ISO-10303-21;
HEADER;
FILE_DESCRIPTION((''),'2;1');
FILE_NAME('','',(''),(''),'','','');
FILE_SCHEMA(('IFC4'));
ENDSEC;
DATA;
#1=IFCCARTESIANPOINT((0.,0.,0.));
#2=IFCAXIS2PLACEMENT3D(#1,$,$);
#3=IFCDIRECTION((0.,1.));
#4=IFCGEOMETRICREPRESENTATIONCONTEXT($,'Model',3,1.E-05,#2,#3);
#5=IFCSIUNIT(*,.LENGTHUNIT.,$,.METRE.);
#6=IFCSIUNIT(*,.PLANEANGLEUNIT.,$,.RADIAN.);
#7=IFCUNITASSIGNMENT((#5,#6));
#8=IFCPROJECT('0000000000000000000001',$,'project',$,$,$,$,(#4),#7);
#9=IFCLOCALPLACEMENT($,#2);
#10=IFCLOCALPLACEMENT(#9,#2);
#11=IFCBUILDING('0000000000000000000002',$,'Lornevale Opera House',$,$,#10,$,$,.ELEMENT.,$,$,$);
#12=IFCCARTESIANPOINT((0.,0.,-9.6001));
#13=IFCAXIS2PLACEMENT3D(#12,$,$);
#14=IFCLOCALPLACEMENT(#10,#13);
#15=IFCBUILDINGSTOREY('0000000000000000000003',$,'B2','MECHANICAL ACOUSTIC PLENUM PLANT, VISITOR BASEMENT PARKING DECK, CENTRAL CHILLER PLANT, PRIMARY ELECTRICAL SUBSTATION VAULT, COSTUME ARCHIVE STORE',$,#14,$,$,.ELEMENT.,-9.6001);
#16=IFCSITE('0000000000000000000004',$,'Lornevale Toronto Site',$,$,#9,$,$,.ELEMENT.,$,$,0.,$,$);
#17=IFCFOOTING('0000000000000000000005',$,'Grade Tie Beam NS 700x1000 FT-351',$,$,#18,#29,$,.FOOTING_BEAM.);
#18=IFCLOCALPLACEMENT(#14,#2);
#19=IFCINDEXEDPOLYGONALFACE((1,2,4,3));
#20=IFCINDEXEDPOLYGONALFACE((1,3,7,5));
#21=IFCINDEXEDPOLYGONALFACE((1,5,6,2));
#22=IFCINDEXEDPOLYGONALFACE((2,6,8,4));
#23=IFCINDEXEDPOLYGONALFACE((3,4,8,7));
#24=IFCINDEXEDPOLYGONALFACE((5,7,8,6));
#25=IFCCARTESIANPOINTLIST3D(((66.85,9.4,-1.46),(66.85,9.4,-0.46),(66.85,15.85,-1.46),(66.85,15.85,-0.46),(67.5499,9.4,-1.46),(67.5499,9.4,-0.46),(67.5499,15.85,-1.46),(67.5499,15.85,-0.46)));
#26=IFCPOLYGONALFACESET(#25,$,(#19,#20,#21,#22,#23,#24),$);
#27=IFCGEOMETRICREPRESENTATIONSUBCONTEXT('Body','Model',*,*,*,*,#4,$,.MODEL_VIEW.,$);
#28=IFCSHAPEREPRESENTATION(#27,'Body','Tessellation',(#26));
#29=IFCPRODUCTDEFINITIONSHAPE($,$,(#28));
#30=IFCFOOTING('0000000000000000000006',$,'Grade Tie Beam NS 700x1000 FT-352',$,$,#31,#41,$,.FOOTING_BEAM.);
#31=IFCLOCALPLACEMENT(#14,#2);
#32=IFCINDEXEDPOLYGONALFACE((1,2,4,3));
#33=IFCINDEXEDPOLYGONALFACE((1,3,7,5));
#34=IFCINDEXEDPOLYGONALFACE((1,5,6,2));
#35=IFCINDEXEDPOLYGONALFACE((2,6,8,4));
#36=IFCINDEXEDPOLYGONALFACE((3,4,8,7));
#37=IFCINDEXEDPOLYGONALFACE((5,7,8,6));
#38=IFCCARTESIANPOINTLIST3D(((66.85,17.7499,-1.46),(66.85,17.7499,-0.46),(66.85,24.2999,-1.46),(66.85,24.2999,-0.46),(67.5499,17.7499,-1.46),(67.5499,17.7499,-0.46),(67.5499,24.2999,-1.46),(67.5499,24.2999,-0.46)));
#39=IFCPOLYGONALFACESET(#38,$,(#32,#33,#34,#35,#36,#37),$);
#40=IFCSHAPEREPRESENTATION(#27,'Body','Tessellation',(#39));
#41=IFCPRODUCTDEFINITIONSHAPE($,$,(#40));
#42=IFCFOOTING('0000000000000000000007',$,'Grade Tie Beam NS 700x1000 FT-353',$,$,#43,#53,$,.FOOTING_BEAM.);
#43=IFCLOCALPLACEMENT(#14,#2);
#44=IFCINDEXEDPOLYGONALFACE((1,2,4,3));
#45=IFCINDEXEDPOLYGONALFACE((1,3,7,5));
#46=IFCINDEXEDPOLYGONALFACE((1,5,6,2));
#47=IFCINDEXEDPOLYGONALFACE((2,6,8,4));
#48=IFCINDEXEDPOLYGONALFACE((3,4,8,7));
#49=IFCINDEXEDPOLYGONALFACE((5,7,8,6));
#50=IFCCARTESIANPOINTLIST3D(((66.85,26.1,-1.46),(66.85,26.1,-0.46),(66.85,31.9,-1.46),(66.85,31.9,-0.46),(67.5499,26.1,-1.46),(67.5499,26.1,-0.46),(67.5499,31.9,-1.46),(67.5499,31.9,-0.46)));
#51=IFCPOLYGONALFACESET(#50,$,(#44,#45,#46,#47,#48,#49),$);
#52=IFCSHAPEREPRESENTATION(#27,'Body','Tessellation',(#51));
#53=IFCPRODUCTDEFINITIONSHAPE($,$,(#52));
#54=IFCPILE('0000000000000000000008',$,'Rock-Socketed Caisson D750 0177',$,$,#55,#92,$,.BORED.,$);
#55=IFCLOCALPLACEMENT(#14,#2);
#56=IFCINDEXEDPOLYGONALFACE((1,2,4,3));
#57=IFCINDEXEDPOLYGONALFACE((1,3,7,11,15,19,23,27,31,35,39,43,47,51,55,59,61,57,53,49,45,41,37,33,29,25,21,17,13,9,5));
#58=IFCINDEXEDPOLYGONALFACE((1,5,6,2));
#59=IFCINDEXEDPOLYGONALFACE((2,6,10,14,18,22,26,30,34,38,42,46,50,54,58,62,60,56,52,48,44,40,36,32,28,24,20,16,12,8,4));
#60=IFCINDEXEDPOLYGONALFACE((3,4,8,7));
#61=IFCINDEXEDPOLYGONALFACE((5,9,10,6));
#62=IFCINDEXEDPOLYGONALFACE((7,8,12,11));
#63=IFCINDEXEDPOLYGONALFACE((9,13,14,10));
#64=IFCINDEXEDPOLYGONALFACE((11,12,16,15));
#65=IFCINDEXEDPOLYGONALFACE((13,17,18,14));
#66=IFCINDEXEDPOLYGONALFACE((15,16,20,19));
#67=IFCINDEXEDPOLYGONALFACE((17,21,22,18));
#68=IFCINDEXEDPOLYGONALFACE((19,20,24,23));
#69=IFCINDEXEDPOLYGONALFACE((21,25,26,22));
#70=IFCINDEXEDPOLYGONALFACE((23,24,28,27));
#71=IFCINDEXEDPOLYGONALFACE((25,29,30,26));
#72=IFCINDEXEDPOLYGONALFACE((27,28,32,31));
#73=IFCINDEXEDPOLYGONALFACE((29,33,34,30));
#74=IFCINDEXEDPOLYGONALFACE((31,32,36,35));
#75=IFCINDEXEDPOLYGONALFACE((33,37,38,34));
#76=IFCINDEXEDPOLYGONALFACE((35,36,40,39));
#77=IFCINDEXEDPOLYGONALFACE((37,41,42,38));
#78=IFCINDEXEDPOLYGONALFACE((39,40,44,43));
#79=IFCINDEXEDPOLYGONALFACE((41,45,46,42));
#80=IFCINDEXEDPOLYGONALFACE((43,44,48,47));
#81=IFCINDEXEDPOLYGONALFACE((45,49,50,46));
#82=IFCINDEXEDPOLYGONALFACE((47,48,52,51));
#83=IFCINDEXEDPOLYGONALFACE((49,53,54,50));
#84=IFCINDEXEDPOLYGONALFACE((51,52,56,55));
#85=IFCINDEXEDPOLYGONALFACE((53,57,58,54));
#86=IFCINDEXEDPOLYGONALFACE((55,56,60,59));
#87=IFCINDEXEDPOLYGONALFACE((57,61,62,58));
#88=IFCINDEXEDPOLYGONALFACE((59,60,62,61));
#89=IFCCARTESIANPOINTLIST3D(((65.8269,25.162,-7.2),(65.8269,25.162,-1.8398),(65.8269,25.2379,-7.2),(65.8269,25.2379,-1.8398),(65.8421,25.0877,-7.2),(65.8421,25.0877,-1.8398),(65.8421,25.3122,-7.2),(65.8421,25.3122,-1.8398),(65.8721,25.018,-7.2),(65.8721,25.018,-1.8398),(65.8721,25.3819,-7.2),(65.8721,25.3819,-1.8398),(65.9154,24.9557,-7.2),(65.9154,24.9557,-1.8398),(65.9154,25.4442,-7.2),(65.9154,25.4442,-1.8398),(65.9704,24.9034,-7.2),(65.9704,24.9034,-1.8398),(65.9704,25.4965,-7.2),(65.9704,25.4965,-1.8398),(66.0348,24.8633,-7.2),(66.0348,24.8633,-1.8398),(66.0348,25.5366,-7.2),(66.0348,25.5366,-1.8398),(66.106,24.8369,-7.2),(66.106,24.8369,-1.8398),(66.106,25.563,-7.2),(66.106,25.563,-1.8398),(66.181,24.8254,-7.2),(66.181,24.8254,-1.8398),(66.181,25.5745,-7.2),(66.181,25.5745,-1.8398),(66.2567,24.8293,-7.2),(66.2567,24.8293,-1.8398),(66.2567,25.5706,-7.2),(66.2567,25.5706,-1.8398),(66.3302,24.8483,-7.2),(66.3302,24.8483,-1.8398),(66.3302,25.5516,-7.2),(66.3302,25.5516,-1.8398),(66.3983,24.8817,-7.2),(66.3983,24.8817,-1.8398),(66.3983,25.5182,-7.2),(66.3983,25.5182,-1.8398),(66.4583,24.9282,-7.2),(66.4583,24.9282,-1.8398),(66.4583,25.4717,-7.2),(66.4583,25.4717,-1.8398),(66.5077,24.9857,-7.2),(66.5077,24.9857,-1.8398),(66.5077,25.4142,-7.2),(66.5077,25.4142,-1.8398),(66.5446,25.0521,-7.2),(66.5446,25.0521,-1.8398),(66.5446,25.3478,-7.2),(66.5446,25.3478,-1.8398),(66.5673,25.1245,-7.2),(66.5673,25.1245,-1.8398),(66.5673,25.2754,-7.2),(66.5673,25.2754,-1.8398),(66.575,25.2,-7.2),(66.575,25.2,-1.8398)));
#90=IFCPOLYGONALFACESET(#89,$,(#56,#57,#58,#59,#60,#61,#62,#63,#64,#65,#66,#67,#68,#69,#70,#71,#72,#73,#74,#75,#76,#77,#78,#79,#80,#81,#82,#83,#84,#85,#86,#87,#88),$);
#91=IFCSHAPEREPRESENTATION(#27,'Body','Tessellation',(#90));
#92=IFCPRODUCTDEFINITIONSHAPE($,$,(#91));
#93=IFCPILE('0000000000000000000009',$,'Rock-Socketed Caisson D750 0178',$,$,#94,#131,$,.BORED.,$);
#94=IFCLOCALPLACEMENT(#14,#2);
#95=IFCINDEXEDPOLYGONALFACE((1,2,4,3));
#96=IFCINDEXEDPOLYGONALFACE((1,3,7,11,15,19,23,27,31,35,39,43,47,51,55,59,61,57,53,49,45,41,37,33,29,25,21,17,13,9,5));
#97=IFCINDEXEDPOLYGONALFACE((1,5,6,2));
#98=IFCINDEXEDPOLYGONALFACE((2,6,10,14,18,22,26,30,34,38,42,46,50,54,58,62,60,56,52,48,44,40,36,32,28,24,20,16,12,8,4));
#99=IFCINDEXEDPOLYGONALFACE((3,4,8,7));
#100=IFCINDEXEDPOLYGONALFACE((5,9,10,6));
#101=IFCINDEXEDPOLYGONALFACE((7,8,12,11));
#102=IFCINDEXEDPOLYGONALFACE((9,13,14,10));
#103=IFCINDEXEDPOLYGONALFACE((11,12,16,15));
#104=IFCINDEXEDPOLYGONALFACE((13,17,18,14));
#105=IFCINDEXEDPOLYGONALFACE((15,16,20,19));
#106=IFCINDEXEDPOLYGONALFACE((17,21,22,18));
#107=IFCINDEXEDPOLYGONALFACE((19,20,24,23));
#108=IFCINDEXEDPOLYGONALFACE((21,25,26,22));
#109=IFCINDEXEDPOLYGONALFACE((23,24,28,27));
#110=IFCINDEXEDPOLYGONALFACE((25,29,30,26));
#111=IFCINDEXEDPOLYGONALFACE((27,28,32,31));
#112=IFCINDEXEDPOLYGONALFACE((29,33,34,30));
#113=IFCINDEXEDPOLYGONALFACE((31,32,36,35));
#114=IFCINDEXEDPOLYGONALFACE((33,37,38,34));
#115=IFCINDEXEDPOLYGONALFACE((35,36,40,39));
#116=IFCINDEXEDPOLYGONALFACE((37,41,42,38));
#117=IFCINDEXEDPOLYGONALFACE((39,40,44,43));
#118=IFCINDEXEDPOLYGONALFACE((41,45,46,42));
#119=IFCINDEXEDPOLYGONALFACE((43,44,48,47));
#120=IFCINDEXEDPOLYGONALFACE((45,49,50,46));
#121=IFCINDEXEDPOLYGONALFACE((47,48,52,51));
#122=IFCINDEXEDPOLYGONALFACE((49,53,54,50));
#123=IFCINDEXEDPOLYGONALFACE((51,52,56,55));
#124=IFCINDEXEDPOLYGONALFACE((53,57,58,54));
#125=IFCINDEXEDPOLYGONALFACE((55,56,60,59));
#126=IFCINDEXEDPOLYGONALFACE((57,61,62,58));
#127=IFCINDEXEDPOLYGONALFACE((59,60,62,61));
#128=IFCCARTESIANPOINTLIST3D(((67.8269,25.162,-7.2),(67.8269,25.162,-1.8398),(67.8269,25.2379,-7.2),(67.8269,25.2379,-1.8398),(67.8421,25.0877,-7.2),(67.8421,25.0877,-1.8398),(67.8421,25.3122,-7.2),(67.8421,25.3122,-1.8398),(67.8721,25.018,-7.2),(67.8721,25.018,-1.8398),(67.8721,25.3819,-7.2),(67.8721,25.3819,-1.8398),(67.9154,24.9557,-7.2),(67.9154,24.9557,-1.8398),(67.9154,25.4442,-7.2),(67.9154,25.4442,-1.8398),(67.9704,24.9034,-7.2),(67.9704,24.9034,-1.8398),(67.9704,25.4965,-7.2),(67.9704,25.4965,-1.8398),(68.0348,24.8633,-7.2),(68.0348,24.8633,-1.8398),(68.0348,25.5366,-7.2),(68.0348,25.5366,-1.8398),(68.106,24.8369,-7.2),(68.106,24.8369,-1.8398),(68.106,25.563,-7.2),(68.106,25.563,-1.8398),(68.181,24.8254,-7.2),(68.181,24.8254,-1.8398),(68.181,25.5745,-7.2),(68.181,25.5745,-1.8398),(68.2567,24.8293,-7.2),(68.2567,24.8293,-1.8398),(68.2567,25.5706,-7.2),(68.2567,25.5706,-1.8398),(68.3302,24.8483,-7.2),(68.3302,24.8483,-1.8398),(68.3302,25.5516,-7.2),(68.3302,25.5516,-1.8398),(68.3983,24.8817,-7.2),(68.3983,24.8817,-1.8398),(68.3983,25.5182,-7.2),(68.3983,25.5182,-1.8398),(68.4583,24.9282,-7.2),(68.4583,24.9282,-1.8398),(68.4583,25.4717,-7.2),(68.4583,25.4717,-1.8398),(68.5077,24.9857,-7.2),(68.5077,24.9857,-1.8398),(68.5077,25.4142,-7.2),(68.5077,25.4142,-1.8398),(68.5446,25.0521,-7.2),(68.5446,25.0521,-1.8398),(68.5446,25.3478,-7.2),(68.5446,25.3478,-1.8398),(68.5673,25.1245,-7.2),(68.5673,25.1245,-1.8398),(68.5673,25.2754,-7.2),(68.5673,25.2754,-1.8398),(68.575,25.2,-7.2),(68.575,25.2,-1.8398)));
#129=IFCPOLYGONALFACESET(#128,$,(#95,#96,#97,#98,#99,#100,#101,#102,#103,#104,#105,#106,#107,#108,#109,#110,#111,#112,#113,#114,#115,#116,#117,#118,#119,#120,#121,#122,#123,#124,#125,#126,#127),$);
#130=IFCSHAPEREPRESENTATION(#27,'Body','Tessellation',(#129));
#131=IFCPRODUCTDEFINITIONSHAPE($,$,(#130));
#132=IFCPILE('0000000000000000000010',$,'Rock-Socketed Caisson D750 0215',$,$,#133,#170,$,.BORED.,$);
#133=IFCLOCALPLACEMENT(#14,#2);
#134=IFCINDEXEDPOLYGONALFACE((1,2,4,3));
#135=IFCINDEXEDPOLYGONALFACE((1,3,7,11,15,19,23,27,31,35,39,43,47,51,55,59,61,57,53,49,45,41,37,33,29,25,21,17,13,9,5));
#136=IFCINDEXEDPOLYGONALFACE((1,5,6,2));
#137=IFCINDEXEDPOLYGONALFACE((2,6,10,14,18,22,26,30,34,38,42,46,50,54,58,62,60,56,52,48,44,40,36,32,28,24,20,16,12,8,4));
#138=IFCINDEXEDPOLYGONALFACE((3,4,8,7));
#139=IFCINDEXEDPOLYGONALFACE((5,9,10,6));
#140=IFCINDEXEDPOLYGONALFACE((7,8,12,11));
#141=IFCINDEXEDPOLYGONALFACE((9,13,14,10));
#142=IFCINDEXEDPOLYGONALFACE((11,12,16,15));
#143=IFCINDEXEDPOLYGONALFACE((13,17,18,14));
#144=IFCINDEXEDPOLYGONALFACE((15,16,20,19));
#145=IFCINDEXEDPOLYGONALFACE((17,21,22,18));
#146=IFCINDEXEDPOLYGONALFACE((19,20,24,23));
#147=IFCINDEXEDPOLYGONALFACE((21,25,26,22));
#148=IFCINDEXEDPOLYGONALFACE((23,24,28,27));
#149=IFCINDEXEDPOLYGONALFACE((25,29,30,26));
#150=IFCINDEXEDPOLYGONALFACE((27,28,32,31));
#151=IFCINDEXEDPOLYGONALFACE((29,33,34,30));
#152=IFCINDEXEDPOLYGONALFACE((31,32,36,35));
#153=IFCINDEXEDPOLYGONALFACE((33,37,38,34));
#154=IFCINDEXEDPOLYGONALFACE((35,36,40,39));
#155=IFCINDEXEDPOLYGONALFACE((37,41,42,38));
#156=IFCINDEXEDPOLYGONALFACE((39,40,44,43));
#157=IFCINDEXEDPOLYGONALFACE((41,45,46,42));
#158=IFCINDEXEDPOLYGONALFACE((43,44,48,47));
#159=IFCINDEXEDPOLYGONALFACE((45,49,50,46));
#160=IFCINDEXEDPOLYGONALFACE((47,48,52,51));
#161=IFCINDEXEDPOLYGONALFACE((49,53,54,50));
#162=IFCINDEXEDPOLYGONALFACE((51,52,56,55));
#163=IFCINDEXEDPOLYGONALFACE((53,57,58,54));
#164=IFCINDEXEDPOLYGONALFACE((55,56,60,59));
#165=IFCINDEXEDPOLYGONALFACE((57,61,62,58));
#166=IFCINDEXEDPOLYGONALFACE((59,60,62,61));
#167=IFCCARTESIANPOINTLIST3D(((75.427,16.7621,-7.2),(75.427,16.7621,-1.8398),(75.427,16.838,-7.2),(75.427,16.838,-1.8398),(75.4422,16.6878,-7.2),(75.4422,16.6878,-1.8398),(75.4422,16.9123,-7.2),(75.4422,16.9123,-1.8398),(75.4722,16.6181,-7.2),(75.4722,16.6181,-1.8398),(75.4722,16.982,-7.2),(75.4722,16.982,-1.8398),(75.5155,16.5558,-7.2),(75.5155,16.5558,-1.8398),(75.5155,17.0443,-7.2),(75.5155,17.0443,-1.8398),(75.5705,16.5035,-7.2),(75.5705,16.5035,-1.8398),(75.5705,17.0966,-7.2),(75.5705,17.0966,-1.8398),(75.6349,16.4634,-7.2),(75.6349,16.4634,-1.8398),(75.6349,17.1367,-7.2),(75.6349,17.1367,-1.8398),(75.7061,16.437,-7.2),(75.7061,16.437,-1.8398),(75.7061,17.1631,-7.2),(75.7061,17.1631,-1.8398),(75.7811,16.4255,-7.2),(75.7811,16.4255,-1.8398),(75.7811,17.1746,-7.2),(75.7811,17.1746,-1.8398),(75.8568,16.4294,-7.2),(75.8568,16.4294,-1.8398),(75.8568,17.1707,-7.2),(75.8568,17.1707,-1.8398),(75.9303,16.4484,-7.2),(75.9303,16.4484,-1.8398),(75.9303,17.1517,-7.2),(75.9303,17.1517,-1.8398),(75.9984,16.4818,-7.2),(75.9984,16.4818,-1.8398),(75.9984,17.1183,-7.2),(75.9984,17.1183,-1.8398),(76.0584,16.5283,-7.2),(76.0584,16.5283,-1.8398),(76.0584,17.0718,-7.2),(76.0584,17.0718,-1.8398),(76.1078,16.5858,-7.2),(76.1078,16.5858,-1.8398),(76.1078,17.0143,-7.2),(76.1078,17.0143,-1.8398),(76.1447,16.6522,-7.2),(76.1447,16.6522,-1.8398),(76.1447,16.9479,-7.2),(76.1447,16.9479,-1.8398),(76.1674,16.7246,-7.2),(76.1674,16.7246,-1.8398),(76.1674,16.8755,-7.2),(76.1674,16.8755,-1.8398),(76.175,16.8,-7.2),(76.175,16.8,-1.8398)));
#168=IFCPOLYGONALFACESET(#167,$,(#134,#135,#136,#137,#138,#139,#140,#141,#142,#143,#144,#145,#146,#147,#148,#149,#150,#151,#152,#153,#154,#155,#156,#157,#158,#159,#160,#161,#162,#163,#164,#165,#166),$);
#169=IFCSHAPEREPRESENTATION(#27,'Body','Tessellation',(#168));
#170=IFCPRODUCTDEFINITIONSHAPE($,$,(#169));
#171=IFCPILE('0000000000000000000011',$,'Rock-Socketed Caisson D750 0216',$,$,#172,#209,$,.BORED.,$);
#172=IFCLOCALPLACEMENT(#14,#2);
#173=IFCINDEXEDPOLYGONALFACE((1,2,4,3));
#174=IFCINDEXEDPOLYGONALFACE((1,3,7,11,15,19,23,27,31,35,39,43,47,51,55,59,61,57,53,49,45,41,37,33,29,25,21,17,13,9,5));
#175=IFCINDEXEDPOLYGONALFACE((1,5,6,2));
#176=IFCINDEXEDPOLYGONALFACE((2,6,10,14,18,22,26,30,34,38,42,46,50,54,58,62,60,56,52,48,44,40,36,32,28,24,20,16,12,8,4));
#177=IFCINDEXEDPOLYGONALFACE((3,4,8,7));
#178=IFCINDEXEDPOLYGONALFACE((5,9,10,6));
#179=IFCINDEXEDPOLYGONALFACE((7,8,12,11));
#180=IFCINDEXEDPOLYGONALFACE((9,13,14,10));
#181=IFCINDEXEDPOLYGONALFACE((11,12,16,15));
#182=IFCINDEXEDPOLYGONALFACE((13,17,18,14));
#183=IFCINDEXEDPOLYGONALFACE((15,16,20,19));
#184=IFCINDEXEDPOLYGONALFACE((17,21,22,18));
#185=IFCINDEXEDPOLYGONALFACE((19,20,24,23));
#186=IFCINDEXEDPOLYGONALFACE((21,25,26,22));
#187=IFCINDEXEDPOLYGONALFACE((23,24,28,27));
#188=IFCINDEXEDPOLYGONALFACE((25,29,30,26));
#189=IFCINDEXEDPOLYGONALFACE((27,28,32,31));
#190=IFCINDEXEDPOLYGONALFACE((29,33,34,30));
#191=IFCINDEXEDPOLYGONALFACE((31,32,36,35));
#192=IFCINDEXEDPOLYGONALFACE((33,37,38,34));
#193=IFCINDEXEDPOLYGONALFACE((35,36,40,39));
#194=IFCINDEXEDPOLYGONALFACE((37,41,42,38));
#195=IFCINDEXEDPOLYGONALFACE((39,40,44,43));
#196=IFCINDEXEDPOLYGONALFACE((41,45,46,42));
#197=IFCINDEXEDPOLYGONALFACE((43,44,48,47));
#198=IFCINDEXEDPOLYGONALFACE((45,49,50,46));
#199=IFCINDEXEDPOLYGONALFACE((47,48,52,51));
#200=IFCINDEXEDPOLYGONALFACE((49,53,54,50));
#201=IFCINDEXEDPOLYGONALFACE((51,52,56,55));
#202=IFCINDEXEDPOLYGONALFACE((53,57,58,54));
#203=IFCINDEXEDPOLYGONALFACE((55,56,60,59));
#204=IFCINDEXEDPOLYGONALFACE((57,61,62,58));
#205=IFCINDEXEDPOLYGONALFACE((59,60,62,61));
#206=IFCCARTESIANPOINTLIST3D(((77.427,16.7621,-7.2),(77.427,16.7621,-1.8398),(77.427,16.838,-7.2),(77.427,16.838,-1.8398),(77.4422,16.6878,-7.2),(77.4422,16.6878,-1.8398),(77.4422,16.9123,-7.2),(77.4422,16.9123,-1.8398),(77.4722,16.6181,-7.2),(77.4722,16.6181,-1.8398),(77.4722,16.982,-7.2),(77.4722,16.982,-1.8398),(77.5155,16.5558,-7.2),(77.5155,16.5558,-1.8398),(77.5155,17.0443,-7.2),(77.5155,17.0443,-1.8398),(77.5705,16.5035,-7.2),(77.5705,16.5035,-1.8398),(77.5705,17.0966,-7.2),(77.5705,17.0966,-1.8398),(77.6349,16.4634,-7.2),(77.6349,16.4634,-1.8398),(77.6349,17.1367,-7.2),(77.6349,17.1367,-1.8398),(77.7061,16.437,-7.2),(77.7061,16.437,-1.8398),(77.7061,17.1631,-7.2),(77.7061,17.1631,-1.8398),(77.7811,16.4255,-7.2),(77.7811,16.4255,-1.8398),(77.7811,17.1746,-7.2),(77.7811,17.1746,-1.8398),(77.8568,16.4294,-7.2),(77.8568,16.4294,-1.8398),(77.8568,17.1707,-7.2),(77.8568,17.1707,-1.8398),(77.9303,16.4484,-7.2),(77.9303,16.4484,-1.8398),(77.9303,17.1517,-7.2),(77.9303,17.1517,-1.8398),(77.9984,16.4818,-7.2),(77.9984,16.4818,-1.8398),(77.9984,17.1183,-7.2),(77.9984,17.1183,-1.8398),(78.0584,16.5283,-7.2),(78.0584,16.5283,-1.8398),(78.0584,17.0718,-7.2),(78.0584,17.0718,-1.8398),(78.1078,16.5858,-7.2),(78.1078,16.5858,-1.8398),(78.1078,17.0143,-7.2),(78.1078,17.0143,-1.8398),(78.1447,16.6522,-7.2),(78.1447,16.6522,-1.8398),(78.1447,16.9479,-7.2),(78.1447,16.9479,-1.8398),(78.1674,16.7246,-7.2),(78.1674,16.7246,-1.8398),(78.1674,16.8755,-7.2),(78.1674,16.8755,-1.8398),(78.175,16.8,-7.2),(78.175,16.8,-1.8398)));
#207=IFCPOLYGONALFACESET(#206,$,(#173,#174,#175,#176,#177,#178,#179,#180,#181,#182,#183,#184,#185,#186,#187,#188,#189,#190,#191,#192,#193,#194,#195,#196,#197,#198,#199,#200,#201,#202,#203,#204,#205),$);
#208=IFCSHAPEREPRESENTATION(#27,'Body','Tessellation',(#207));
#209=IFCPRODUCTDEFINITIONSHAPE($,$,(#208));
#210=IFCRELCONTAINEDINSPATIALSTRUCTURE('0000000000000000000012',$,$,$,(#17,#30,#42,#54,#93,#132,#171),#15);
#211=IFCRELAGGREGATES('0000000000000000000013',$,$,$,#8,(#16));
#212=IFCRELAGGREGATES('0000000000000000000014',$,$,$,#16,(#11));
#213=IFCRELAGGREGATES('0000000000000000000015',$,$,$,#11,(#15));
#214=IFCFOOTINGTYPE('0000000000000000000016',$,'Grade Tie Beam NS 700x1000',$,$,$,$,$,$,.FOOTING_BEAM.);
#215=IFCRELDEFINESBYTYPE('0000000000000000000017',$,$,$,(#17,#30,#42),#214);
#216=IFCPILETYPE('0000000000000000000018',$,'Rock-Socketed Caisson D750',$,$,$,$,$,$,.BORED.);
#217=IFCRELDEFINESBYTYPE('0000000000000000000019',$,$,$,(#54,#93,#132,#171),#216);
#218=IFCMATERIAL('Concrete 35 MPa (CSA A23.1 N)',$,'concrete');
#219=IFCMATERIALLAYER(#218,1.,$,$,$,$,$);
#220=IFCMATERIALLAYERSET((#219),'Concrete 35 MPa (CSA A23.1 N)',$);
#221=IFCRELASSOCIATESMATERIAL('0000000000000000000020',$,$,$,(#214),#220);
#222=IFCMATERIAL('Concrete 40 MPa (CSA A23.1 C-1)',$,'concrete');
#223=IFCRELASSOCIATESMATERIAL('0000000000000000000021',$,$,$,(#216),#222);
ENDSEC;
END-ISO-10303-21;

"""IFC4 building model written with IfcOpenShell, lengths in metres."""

from ifc_helpers import new_model, si_unit, direction, frame, origin, origin_2d, place, context, subcontext, project, spatial, rectangle, circle, extrude, material, layer, layer_set, material_profile, profile_set, type_object, element, save


model = new_model("IFC4")

# Units and contexts
model_context = context("Model", 3, precision=1e-05, world=origin(), true_north=direction((0.0, 1.0)))
body_context = subcontext(model_context, "Body", "Model", "MODEL_VIEW")
ifc_project = project(units=[si_unit("LENGTHUNIT", "METRE"), si_unit("PLANEANGLEUNIT", "RADIAN")], contexts=[model_context])

# Site, building, storey
site_placement = place(None, origin())
site = spatial("IfcSite", under=ifc_project, at=site_placement, Name="Lornevale Toronto Site", CompositionType="ELEMENT", RefElevation=0.0)
building_placement = place(site_placement, origin())
building = spatial("IfcBuilding", under=site, at=building_placement, Name="Lornevale Opera House", CompositionType="ELEMENT")
storey_placement = place(building_placement, frame((0.0, 0.0, -9.6001)))
storey = spatial("IfcBuildingStorey", under=building, at=storey_placement, Name="B2", Description="MECHANICAL ACOUSTIC PLENUM PLANT, VISITOR BASEMENT PARKING DECK, CENTRAL CHILLER PLANT, PRIMARY ELECTRICAL SUBSTATION VAULT, COSTUME ARCHIVE STORE", CompositionType="ELEMENT", Elevation=-9.6001)

# Footings
ifc_material_1 = material(Name="Concrete 35 MPa (CSA A23.1 N)", Category="concrete")
ifc_layer_1 = layer(ifc_material_1, 1.0)
ifc_layer_set_1 = layer_set([ifc_layer_1], Name="Concrete 35 MPa (CSA A23.1 N)")
footing_type_1 = type_object("IfcFootingType", Name="Grade Tie Beam NS 700x1000", PredefinedType="FOOTING_BEAM", material=ifc_layer_set_1)
footing_1_placement = place(storey_placement, frame((67.2, 12.625, -1.46), z_axis=(0.0, 0.0, 1.0), x_axis=(1.0, 0.0, 0.0)))
element("IfcFooting", 1, at=footing_1_placement, inside=storey, type_object=footing_type_1, Name="Grade Tie Beam NS 700x1000 FT-351", PredefinedType="FOOTING_BEAM", context=body_context, shape_type="SweptSolid", body=[
    extrude(rectangle(XDim=0.7, YDim=6.45, at=origin_2d()), origin(), (0.0, 0.0, 1.0), 1.0),
])
footing_2_placement = place(storey_placement, frame((67.2, 21.0249, -1.46), z_axis=(0.0, 0.0, 1.0), x_axis=(1.0, 0.0, 0.0)))
element("IfcFooting", 2, at=footing_2_placement, inside=storey, type_object=footing_type_1, Name="Grade Tie Beam NS 700x1000 FT-352", PredefinedType="FOOTING_BEAM", context=body_context, shape_type="SweptSolid", body=[
    extrude(rectangle(XDim=0.7, YDim=6.55, at=origin_2d()), origin(), (0.0, 0.0, 1.0), 1.0),
])
footing_3_placement = place(storey_placement, frame((67.2, 29.0, -1.46), z_axis=(0.0, 0.0, 1.0), x_axis=(1.0, 0.0, 0.0)))
element("IfcFooting", 3, at=footing_3_placement, inside=storey, type_object=footing_type_1, Name="Grade Tie Beam NS 700x1000 FT-353", PredefinedType="FOOTING_BEAM", context=body_context, shape_type="SweptSolid", body=[
    extrude(rectangle(XDim=0.7, YDim=5.8, at=origin_2d()), origin(), (0.0, 0.0, 1.0), 1.0),
])

# Piles
ifc_material_2 = material(Name="Concrete 40 MPa (CSA A23.1 C-1)", Category="concrete")
ifc_material_profile_1 = material_profile(ifc_material_2, circle(Radius=0.375, at=origin_2d()), Name="CAIS750")
ifc_profile_set_1 = profile_set([ifc_material_profile_1], Name="Concrete 40 MPa (CSA A23.1 C-1)")
pile_type_1 = type_object("IfcPileType", Name="Rock-Socketed Caisson D750", PredefinedType="BORED", material=ifc_profile_set_1)
for number, where, z_axis, x_axis, name in (
    (4, (66.2, 25.2, -1.8398), (0.0, 0.0, -1.0), (1.0, 0.0, 0.0), "Rock-Socketed Caisson D750 0177"),
    (5, (68.2, 25.2, -1.8398), (0.0, 0.0, -1.0), (1.0, 0.0, 0.0), "Rock-Socketed Caisson D750 0178"),
    (6, (75.8, 16.8, -1.8398), (0.0, 0.0, -1.0), (1.0, 0.0, 0.0), "Rock-Socketed Caisson D750 0215"),
    (7, (77.8, 16.8, -1.8398), (0.0, 0.0, -1.0), (1.0, 0.0, 0.0), "Rock-Socketed Caisson D750 0216"),
):
    element("IfcPile", number, at=place(storey_placement, frame(where, z_axis=z_axis, x_axis=x_axis)), inside=storey, type_object=pile_type_1, Name=name, PredefinedType="BORED", context=body_context, shape_type="SweptSolid", body=[
        extrude(circle(Radius=0.375, at=origin_2d()), origin(), (0.0, 0.0, 1.0), 5.3601),
    ])

save(model, "model.ifc")
